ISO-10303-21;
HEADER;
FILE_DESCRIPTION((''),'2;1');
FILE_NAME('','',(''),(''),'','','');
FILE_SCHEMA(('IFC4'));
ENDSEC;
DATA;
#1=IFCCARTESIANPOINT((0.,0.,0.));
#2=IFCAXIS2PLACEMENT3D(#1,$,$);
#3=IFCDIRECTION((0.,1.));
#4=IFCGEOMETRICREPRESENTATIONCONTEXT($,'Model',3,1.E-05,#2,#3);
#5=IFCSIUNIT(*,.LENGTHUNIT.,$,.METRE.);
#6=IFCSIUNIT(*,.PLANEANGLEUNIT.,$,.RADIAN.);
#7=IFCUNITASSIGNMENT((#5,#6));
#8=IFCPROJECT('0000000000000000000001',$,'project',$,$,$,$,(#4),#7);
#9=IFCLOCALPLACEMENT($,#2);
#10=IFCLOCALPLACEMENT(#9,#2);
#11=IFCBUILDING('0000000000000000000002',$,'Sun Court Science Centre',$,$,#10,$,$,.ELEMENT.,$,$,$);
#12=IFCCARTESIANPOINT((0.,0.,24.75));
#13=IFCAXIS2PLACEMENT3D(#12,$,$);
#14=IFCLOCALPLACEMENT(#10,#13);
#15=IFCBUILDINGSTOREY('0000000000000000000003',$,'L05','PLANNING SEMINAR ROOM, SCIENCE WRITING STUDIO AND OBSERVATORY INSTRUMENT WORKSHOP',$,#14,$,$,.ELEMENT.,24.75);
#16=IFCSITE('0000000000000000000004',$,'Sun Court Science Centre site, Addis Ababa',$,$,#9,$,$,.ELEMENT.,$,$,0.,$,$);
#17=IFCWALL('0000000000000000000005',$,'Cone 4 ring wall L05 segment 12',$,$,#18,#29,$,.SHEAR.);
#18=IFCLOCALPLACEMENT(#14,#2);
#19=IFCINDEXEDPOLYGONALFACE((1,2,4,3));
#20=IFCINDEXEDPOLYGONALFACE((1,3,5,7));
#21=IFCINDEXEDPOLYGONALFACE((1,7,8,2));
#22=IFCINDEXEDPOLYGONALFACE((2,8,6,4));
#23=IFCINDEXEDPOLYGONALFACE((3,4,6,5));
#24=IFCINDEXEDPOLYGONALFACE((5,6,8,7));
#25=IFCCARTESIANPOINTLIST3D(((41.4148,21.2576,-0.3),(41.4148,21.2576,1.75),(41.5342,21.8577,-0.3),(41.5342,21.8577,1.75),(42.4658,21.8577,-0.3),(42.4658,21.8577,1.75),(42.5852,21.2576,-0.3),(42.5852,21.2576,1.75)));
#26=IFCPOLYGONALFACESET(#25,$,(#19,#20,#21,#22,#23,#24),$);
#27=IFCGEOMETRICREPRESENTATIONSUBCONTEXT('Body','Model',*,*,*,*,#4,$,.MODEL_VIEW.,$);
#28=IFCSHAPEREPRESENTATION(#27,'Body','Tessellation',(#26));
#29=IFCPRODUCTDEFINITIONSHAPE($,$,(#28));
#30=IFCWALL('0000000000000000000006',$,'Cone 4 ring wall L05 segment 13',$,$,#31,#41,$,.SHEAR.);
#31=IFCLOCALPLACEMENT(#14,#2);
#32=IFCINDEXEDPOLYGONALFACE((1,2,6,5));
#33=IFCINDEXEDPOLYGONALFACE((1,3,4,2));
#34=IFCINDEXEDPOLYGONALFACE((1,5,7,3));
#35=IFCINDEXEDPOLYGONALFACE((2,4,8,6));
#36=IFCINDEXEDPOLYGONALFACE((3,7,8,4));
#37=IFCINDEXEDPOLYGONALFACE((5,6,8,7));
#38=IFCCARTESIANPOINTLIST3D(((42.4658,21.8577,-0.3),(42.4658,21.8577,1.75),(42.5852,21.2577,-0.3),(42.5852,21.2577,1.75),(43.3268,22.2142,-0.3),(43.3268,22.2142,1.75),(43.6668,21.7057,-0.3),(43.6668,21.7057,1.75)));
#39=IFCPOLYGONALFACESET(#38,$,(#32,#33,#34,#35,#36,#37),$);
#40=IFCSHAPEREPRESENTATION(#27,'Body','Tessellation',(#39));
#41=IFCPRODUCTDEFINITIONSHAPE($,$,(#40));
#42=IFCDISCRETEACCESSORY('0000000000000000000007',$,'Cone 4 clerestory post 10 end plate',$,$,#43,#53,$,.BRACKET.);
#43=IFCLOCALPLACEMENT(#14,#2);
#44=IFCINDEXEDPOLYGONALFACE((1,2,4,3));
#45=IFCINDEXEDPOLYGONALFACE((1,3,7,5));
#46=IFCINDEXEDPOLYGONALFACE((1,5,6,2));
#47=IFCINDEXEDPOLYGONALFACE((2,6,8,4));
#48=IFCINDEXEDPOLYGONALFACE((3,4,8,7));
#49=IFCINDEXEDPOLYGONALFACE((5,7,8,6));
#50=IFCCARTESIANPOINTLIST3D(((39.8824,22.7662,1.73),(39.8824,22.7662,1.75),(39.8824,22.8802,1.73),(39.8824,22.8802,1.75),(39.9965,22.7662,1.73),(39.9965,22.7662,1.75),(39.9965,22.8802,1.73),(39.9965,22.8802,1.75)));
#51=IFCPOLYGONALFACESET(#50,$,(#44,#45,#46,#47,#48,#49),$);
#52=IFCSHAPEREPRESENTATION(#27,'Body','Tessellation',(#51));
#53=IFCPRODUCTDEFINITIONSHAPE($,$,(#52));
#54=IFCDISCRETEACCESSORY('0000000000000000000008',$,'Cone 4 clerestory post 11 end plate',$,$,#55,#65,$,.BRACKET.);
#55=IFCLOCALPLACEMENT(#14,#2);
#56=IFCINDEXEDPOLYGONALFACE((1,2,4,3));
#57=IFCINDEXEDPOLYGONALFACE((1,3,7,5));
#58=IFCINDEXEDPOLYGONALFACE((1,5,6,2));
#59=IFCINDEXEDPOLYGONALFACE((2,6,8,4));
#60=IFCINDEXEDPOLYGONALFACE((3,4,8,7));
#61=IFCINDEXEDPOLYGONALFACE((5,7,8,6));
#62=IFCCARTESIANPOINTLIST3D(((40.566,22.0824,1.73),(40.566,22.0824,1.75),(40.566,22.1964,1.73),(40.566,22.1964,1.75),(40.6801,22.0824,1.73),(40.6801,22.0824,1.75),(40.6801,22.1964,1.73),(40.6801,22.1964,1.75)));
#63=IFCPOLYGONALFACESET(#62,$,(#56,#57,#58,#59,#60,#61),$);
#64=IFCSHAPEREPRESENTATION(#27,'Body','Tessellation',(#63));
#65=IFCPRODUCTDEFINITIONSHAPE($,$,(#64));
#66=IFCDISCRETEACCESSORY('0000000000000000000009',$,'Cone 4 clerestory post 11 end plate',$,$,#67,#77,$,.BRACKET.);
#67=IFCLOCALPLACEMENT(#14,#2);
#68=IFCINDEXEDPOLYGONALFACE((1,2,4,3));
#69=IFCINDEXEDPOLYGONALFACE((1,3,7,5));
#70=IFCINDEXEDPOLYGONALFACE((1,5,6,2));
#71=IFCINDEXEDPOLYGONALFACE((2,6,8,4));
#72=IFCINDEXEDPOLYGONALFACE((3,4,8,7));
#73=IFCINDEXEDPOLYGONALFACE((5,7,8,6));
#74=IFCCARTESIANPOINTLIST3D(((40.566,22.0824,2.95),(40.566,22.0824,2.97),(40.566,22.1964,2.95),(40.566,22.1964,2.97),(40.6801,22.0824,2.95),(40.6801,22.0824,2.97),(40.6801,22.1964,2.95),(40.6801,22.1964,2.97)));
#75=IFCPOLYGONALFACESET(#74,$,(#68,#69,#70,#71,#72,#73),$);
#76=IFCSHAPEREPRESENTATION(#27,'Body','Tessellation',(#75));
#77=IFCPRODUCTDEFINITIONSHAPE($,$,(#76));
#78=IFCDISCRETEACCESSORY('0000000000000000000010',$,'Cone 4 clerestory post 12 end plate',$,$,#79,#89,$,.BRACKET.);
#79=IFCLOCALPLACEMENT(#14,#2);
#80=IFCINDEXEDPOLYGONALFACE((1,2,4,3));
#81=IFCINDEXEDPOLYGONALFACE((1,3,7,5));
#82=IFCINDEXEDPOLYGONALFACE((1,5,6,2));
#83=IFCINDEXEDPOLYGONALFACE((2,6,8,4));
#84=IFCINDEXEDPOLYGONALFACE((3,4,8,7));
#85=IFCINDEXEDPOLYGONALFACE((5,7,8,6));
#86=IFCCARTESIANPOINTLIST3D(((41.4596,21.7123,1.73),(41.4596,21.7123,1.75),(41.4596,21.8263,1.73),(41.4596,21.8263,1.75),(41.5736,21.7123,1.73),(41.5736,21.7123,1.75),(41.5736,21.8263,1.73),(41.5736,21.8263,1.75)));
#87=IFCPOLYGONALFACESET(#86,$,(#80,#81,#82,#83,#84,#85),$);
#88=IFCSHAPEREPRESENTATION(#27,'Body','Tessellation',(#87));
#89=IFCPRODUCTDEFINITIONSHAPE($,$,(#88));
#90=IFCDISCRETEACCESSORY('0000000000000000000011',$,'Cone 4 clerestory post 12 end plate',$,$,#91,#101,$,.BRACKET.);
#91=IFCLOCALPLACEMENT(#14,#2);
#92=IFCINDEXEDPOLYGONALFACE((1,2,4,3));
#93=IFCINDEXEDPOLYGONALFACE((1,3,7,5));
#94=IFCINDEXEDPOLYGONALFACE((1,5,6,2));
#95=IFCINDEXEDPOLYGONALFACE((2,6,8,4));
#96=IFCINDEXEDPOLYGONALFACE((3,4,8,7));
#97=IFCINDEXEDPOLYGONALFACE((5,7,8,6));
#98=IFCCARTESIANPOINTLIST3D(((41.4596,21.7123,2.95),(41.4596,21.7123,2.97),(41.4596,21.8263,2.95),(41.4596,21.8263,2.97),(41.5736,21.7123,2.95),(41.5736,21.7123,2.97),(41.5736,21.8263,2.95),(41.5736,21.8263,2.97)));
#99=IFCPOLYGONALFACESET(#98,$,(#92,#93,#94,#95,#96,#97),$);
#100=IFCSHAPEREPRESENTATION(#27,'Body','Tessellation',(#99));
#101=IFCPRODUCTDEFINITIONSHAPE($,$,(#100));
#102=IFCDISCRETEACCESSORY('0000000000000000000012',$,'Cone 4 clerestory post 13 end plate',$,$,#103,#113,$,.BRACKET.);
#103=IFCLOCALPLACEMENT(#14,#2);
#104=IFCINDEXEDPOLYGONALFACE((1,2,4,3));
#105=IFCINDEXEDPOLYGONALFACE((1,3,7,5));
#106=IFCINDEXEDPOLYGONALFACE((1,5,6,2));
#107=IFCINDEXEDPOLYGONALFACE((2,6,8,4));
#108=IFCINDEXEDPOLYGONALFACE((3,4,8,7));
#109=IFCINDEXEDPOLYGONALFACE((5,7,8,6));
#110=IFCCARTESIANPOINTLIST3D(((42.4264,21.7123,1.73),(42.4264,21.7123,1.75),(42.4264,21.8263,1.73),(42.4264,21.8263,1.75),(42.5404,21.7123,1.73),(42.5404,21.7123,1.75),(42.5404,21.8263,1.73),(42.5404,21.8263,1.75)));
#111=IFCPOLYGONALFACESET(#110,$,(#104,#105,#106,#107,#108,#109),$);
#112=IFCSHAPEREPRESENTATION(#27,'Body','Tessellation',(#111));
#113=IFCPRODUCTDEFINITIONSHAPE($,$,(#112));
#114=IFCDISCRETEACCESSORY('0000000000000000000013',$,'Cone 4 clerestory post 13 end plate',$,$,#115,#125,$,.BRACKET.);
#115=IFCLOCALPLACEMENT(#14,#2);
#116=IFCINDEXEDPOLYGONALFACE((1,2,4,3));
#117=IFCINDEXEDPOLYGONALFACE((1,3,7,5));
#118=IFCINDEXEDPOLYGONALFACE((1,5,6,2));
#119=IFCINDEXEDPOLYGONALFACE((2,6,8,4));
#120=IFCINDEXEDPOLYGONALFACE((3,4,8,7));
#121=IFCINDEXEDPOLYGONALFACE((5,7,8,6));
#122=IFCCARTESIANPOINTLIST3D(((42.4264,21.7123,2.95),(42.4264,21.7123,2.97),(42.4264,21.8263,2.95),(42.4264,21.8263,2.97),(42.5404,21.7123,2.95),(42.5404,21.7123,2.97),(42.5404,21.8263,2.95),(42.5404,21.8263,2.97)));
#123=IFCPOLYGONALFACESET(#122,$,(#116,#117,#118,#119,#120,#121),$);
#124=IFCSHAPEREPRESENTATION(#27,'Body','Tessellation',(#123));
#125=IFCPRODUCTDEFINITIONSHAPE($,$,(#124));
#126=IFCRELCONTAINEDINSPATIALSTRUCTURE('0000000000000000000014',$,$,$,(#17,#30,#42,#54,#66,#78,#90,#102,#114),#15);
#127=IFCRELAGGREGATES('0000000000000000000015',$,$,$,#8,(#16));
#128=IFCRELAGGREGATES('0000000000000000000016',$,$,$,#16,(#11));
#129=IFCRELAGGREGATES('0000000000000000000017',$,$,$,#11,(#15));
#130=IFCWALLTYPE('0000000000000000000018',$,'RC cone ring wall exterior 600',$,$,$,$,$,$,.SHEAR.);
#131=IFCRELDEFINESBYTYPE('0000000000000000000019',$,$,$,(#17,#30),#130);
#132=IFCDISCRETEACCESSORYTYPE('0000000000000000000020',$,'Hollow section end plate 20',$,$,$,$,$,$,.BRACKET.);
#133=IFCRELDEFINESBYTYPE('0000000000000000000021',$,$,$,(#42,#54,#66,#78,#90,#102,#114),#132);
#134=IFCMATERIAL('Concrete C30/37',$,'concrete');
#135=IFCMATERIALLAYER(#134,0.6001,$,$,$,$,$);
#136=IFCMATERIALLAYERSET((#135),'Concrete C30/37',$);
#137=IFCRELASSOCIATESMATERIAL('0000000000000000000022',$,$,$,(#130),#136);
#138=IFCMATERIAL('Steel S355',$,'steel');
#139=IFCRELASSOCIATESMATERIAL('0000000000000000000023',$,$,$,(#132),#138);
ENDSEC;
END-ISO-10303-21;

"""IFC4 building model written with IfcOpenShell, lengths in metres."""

from ifc_helpers import new_model, si_unit, direction, frame, origin, origin_2d, place, context, subcontext, project, spatial, polyline, rectangle, outline, extrude, material, layer, layer_set, type_object, element, save


model = new_model("IFC4")

# Units and contexts
model_context = context("Model", 3, precision=1e-05, world=origin(), true_north=direction((0.0, 1.0)))
body_context = subcontext(model_context, "Body", "Model", "MODEL_VIEW")
ifc_project = project(units=[si_unit("LENGTHUNIT", "METRE"), si_unit("PLANEANGLEUNIT", "RADIAN")], contexts=[model_context])

# Site, building, storey
site_placement = place(None, origin())
site = spatial("IfcSite", under=ifc_project, at=site_placement, Name="Sun Court Science Centre site, Addis Ababa", CompositionType="ELEMENT", RefElevation=0.0)
building_placement = place(site_placement, origin())
building = spatial("IfcBuilding", under=site, at=building_placement, Name="Sun Court Science Centre", CompositionType="ELEMENT")
storey_placement = place(building_placement, frame((0.0, 0.0, 24.75)))
storey = spatial("IfcBuildingStorey", under=building, at=storey_placement, Name="L05", Description="PLANNING SEMINAR ROOM, SCIENCE WRITING STUDIO AND OBSERVATORY INSTRUMENT WORKSHOP", CompositionType="ELEMENT", Elevation=24.75)

# Walls
ifc_material_1 = material(Name="Concrete C30/37", Category="concrete")
ifc_layer_1 = layer(ifc_material_1, 0.6001)
ifc_layer_set_1 = layer_set([ifc_layer_1], Name="Concrete C30/37")
wall_type = type_object("IfcWallType", Name="RC cone ring wall exterior 600", PredefinedType="SHEAR", material=ifc_layer_set_1)
wall_1_placement = place(storey_placement, frame((41.4148, 21.5576, -0.3), z_axis=(0.0, 0.0, 1.0), x_axis=(1.0, 0.0, 0.0)))
element("IfcWall", 1, at=wall_1_placement, inside=storey, type_object=wall_type, Name="Cone 4 ring wall L05 segment 12", PredefinedType="SHEAR", context=body_context, shape_type="SweptSolid", body=[
    extrude(outline(polyline([(0.0, -0.3), (1.1704, -0.3), (1.051, 0.3), (0.1194, 0.3), (0.0, -0.3)])), origin(), (0.0, 0.0, 1.0), 2.05),
])
wall_2_placement = place(storey_placement, frame((42.4705, 21.5349, -0.3), z_axis=(0.0, 0.0, 1.0), x_axis=(0.923951, 0.382511, 0.0)))
element("IfcWall", 2, at=wall_2_placement, inside=storey, type_object=wall_type, Name="Cone 4 ring wall L05 segment 13", PredefinedType="SHEAR", context=body_context, shape_type="SweptSolid", body=[
    extrude(outline(polyline([(0.0, -0.3), (1.1707, -0.2998), (1.051, 0.3), (0.1191, 0.3), (0.0, -0.3)])), origin(), (0.0, 0.0, 1.0), 2.05),
])

# Discrete accessories
ifc_material_2 = material(Name="Steel S355", Category="steel")
discrete_accessory_type = type_object("IfcDiscreteAccessoryType", Name="Hollow section end plate 20", PredefinedType="BRACKET", material=ifc_material_2)
for number, where, z_axis, x_axis, name in (
    (3, (39.9395, 22.8232, 1.73), (0.0, 0.0, 1.0), (1.0, 0.0, 0.0), "Cone 4 clerestory post 10 end plate"),
    (4, (40.623, 22.1394, 1.73), (0.0, 0.0, 1.0), (1.0, 0.0, 0.0), "Cone 4 clerestory post 11 end plate"),
    (5, (40.623, 22.1394, 2.95), (0.0, 0.0, 1.0), (1.0, 0.0, 0.0), "Cone 4 clerestory post 11 end plate"),
    (6, (41.5166, 21.7693, 1.73), (0.0, 0.0, 1.0), (1.0, 0.0, 0.0), "Cone 4 clerestory post 12 end plate"),
    (7, (41.5166, 21.7693, 2.95), (0.0, 0.0, 1.0), (1.0, 0.0, 0.0), "Cone 4 clerestory post 12 end plate"),
    (8, (42.4834, 21.7693, 1.73), (0.0, 0.0, 1.0), (1.0, 0.0, 0.0), "Cone 4 clerestory post 13 end plate"),
    (9, (42.4834, 21.7693, 2.95), (0.0, 0.0, 1.0), (1.0, 0.0, 0.0), "Cone 4 clerestory post 13 end plate"),
):
    element("IfcDiscreteAccessory", number, at=place(storey_placement, frame(where, z_axis=z_axis, x_axis=x_axis)), inside=storey, type_object=discrete_accessory_type, Name=name, PredefinedType="BRACKET", context=body_context, shape_type="SweptSolid", body=[
        extrude(rectangle(XDim=0.114, YDim=0.114, at=origin_2d()), origin(), (0.0, 0.0, 1.0), 0.02),
    ])

save(model, "model.ifc")
